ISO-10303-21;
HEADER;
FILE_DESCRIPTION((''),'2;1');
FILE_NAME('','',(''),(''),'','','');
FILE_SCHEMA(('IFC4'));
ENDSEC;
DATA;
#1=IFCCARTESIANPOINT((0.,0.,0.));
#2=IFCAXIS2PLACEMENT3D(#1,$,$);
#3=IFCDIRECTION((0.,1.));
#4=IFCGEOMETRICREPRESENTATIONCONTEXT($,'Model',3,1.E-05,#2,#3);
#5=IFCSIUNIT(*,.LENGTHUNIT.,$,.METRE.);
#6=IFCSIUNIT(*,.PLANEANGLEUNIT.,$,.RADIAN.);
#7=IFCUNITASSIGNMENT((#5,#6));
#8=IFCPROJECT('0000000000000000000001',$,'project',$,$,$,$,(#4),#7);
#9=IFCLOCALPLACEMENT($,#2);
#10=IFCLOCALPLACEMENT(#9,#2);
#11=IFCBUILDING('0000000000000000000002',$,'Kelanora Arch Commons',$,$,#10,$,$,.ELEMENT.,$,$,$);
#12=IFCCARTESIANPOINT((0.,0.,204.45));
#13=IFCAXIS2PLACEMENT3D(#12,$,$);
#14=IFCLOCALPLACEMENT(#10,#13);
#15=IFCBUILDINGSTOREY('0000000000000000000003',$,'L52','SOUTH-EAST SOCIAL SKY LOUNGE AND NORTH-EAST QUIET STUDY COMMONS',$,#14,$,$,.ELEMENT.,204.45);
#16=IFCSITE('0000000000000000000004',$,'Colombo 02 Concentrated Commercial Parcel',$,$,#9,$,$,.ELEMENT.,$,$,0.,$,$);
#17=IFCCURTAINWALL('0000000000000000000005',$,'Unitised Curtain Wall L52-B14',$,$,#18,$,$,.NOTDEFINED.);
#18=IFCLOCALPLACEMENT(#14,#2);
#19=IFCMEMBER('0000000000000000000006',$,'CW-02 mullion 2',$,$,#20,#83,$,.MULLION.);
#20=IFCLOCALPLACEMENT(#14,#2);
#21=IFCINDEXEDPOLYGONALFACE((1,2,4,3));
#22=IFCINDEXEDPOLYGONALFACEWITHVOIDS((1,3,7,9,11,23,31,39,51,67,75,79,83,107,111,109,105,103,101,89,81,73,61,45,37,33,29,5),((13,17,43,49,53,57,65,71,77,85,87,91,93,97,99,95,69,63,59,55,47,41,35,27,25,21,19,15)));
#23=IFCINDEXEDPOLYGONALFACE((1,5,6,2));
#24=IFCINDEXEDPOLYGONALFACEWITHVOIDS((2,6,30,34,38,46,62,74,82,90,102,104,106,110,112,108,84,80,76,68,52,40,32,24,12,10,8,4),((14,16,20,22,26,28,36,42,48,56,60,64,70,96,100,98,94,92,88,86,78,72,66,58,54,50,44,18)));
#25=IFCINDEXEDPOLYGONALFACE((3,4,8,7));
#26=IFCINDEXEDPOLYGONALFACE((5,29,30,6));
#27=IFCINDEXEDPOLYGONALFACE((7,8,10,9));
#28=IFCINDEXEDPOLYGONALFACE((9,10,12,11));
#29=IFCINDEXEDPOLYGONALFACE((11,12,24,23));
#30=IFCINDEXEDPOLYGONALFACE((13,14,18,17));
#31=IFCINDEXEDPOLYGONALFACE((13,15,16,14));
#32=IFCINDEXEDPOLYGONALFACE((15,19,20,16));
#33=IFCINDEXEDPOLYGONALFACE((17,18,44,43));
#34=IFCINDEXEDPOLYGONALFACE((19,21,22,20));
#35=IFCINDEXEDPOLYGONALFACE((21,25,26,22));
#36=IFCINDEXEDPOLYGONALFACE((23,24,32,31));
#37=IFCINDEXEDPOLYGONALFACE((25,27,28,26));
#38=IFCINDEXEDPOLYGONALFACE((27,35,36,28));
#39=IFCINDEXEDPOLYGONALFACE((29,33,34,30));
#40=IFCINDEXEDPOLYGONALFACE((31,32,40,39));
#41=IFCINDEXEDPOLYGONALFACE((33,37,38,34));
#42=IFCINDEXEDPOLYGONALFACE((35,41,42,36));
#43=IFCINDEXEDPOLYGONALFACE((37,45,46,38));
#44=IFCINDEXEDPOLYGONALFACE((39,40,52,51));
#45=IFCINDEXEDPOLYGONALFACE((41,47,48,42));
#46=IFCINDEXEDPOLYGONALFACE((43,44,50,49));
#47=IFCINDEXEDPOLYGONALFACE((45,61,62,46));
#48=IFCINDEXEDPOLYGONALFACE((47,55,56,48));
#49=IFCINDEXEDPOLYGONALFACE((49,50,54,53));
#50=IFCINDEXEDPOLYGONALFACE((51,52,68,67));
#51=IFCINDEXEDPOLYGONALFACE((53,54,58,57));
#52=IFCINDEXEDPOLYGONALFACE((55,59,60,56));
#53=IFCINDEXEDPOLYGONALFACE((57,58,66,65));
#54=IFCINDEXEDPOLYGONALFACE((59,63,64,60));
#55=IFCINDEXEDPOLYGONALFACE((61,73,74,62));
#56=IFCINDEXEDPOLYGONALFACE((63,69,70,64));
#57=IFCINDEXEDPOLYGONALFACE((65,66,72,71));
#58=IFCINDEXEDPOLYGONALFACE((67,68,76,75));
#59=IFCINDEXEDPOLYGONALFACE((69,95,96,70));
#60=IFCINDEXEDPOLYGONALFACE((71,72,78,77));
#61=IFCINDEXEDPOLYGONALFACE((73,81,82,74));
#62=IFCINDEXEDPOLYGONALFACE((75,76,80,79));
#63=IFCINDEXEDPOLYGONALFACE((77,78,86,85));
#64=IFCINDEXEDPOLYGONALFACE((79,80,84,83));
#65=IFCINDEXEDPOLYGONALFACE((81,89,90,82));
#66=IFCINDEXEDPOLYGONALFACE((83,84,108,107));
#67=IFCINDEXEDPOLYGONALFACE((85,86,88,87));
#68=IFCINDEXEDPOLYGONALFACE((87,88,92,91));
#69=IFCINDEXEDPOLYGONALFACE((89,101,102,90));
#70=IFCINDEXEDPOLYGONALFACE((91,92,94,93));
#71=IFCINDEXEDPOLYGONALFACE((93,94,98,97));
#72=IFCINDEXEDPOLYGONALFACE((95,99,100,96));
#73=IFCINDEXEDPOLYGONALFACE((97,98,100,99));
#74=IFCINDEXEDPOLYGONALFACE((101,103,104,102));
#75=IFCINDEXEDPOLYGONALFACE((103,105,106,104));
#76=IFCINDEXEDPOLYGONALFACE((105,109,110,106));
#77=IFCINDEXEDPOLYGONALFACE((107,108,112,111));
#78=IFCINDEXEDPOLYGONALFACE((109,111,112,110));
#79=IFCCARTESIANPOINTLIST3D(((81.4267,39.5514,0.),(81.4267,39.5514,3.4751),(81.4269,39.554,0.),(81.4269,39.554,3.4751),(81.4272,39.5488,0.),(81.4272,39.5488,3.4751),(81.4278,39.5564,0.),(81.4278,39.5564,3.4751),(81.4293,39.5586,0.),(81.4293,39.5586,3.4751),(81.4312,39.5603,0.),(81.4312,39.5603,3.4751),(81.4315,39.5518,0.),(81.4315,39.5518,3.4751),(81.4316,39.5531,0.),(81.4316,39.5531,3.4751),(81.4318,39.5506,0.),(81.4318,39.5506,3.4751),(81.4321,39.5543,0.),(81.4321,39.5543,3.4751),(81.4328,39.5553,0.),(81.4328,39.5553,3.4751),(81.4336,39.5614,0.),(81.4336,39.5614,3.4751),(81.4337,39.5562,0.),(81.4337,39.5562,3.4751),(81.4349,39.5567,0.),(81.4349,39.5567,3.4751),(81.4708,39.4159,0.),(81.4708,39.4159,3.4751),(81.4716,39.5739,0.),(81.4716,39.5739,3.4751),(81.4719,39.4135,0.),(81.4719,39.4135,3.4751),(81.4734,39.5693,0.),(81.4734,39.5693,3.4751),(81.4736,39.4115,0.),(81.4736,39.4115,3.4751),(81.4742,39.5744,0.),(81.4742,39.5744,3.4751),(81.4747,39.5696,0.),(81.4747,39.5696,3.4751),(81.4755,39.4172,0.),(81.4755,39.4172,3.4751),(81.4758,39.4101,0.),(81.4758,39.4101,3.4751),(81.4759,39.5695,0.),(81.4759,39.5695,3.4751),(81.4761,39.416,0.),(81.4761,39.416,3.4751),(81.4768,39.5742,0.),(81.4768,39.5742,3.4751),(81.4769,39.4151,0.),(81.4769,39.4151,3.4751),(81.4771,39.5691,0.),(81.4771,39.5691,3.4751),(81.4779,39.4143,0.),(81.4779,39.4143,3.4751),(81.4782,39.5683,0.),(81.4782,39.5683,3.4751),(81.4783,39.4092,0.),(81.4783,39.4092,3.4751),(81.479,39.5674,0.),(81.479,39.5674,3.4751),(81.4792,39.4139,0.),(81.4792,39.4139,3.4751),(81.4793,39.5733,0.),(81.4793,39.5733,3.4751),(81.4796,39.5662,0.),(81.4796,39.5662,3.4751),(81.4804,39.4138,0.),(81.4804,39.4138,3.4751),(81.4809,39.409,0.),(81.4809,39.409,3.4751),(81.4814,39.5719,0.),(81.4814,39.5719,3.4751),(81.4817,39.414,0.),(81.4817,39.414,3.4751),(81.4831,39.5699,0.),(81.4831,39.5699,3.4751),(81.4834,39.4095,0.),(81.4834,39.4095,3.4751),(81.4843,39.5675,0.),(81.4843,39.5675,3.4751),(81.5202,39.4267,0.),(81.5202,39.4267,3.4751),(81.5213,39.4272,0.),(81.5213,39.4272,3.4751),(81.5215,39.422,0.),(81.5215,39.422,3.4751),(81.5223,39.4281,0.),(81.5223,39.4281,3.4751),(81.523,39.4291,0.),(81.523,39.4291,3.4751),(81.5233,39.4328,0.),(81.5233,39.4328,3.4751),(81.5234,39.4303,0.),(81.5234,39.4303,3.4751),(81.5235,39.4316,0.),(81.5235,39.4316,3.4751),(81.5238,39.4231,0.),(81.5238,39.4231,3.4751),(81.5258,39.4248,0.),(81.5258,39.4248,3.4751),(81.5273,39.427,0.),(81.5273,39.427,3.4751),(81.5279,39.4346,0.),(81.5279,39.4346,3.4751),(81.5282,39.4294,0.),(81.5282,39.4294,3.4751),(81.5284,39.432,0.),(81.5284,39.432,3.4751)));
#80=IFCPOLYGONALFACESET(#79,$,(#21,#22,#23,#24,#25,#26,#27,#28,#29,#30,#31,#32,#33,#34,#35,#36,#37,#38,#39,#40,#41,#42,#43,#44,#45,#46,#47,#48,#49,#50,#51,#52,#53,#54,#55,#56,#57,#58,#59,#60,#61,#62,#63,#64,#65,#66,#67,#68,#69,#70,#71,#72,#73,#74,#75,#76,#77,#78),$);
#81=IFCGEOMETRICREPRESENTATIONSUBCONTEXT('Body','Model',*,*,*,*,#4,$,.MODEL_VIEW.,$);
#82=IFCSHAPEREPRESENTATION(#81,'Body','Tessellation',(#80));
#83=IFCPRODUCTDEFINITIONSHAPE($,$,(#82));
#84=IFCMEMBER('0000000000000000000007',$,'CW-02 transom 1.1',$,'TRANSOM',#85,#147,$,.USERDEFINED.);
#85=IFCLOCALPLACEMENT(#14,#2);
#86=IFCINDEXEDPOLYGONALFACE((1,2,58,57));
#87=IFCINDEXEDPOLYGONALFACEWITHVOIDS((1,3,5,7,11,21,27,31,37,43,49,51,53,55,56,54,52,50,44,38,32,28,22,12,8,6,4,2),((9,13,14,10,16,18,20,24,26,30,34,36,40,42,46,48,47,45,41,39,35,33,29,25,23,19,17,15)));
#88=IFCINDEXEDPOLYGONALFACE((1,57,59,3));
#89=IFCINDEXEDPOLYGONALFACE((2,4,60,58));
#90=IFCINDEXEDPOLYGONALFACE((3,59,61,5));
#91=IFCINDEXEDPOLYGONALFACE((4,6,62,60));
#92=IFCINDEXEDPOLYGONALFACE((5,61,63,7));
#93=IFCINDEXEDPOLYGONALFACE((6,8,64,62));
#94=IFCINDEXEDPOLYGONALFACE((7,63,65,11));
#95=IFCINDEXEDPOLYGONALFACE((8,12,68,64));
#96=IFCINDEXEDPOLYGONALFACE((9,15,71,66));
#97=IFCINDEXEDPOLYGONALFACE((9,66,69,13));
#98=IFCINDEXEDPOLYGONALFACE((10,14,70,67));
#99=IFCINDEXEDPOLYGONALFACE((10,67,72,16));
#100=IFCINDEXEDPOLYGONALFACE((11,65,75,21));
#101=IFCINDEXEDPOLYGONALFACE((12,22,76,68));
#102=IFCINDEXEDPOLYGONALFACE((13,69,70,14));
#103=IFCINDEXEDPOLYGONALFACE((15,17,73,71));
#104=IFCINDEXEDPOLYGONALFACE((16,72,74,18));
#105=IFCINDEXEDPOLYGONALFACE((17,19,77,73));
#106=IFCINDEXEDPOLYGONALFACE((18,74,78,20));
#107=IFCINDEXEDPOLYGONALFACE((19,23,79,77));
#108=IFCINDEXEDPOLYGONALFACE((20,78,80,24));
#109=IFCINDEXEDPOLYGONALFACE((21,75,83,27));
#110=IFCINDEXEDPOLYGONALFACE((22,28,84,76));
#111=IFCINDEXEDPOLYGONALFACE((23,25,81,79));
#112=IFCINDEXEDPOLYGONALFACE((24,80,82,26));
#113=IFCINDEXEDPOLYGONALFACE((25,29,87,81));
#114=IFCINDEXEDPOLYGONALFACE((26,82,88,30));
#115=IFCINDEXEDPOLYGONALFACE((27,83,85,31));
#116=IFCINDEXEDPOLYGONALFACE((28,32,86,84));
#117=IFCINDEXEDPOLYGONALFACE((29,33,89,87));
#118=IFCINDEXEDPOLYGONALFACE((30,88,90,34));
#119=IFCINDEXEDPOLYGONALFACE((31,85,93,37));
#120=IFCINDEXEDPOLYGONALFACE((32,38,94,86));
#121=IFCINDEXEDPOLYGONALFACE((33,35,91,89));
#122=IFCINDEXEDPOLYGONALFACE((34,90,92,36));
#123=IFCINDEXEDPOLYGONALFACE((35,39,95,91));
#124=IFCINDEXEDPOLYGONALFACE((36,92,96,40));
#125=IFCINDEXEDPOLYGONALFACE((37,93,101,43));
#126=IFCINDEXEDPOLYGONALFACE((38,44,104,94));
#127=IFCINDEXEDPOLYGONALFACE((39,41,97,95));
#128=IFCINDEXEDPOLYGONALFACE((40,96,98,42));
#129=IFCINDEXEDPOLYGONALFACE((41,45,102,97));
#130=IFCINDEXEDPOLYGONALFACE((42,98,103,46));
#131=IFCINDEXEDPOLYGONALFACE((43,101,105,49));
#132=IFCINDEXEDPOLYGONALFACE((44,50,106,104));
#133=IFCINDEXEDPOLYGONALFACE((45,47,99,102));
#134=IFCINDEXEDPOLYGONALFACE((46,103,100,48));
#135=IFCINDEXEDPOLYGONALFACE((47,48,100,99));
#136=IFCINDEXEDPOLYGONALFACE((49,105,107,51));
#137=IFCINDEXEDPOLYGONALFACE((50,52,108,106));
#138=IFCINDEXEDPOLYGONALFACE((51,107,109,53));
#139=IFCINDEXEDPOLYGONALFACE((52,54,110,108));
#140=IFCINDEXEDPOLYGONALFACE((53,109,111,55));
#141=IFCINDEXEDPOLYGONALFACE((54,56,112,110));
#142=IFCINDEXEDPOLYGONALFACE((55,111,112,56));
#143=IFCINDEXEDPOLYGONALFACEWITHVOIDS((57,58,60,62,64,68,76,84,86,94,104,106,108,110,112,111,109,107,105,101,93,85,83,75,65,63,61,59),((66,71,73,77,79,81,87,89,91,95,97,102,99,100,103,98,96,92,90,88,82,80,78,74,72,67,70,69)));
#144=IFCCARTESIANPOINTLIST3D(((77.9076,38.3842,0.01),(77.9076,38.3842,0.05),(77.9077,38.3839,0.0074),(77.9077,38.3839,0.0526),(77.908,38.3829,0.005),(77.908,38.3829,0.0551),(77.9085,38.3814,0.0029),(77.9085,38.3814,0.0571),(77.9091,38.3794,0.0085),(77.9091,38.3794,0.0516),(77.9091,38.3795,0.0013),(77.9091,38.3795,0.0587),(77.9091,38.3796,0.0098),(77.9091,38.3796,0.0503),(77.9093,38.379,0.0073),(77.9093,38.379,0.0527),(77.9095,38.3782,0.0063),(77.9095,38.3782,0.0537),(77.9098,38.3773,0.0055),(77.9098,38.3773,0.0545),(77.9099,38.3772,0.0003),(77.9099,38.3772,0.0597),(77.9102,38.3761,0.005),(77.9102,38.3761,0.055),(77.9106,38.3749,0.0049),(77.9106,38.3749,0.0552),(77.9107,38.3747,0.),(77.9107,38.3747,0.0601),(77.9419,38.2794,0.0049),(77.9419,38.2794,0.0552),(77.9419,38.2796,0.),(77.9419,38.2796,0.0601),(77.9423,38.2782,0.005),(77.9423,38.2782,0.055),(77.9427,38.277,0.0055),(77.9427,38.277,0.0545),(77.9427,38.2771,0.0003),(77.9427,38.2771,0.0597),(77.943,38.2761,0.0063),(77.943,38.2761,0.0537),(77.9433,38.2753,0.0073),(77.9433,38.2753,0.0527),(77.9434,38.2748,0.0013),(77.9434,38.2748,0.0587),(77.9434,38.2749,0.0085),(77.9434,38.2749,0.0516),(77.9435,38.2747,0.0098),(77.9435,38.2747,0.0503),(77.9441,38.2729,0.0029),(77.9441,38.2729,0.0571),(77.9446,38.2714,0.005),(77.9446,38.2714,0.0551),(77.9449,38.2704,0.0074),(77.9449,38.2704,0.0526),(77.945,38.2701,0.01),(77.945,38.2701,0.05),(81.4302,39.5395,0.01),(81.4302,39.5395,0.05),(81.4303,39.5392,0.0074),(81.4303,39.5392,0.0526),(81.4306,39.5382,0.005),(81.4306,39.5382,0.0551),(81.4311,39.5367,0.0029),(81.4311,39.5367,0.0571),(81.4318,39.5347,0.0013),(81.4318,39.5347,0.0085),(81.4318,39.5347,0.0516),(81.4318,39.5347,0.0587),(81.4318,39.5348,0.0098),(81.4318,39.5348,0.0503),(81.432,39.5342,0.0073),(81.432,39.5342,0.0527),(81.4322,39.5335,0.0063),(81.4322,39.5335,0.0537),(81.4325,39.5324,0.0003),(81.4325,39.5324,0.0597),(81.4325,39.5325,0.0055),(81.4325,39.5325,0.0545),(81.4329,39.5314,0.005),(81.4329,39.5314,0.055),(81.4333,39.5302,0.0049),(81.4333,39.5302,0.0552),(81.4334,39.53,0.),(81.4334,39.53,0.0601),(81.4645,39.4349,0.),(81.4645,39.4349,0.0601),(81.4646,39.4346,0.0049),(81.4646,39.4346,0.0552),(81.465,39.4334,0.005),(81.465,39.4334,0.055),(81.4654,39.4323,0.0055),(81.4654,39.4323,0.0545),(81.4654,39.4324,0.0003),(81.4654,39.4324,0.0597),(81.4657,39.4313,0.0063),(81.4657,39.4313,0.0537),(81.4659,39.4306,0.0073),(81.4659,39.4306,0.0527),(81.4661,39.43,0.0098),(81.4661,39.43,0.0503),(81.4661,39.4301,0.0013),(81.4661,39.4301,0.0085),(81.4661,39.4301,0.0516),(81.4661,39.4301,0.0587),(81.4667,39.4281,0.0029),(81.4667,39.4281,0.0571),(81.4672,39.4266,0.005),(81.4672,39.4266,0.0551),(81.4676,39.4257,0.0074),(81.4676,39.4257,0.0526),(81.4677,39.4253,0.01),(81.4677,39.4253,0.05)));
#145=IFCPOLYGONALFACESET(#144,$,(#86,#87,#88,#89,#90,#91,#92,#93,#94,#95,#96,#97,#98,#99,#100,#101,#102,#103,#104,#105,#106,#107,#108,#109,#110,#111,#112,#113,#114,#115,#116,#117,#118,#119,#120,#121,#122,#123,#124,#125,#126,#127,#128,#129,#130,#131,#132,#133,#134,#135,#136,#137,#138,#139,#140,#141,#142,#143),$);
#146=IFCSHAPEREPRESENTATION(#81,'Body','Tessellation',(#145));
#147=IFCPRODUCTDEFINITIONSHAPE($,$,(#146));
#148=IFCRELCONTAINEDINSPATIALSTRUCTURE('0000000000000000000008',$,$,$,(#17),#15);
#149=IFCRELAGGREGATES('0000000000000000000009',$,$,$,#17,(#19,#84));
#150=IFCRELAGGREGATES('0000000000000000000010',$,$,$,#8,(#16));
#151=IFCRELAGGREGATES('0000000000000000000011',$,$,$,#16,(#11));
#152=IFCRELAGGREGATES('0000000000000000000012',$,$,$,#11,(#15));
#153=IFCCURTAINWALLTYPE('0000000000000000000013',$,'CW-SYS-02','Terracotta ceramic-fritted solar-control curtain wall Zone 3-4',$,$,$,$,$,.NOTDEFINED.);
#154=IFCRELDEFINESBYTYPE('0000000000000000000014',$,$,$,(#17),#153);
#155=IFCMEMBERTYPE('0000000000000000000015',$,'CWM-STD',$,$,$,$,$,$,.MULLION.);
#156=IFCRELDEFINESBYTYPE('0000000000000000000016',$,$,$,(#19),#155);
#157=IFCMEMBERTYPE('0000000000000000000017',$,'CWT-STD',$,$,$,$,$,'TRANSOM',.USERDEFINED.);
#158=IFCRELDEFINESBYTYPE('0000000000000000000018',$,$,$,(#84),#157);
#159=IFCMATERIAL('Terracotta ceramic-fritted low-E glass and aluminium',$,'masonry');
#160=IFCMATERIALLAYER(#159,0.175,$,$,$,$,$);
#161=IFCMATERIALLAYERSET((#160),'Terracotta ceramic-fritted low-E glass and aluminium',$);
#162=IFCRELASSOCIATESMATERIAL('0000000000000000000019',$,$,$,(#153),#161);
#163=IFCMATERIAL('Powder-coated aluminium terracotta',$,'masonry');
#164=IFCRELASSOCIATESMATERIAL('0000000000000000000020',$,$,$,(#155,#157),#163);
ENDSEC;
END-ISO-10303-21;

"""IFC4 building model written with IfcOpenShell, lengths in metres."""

from ifc_helpers import new_model, si_unit, direction, frame, origin, origin_2d, place, context, subcontext, project, spatial, hollow_rectangle, extrude, material, layer, layer_set, material_profile, profile_set, type_object, element, aggregate, save


model = new_model("IFC4")

# Units and contexts
model_context = context("Model", 3, precision=1e-05, world=origin(), true_north=direction((0.0, 1.0)))
body_context = subcontext(model_context, "Body", "Model", "MODEL_VIEW")
ifc_project = project(units=[si_unit("LENGTHUNIT", "METRE"), si_unit("PLANEANGLEUNIT", "RADIAN")], contexts=[model_context])

# Site, building, storey
site_placement = place(None, origin())
site = spatial("IfcSite", under=ifc_project, at=site_placement, Name="Colombo 02 Concentrated Commercial Parcel", CompositionType="ELEMENT", RefElevation=0.0)
building_placement = place(site_placement, origin())
building = spatial("IfcBuilding", under=site, at=building_placement, Name="Kelanora Arch Commons", CompositionType="ELEMENT")
storey_placement = place(building_placement, frame((0.0, 0.0, 204.45)))
storey = spatial("IfcBuildingStorey", under=building, at=storey_placement, Name="L52", Description="SOUTH-EAST SOCIAL SKY LOUNGE AND NORTH-EAST QUIET STUDY COMMONS", CompositionType="ELEMENT", Elevation=204.45)

# Curtain wall, members
ifc_material_1 = material(Name="Terracotta ceramic-fritted low-E glass and aluminium", Category="masonry")
ifc_layer_1 = layer(ifc_material_1, 0.175)
ifc_layer_set_1 = layer_set([ifc_layer_1], Name="Terracotta ceramic-fritted low-E glass and aluminium")
curtain_wall_type = type_object("IfcCurtainWallType", Name="CW-SYS-02", Description="Terracotta ceramic-fritted solar-control curtain wall Zone 3-4", PredefinedType="NOTDEFINED", material=ifc_layer_set_1)
curtain_wall_placement = place(storey_placement, origin())
curtain_wall = element("IfcCurtainWall", 1, at=curtain_wall_placement, inside=storey, type_object=curtain_wall_type, Name="Unitised Curtain Wall L52-B14", PredefinedType="NOTDEFINED")
ifc_material_2 = material(Name="Powder-coated aluminium terracotta", Category="masonry")
ifc_material_profile_1 = material_profile(ifc_material_2, hollow_rectangle(XDim=0.1599, YDim=0.0601, WallThickness=0.0049, InnerFilletRadius=0.0049, OuterFilletRadius=0.01, at=origin_2d()), Name="CWM160x60")
ifc_profile_set_1 = profile_set([ifc_material_profile_1], Name="Powder-coated aluminium terracotta")
member_type_1 = type_object("IfcMemberType", Name="CWM-STD", PredefinedType="MULLION", material=ifc_profile_set_1)
member_1_placement = place(storey_placement, frame((81.4775, 39.4917, 0.0), z_axis=(0.0, 0.0, 1.0), x_axis=(-0.311582, 0.950219, 0.0)))
member_1 = element("IfcMember", 2, at=member_1_placement, type_object=member_type_1, Name="CW-02 mullion 2", PredefinedType="MULLION", context=body_context, shape_type="SweptSolid", body=[
    extrude(hollow_rectangle(XDim=0.1599, YDim=0.0601, WallThickness=0.0049, InnerFilletRadius=0.0049, OuterFilletRadius=0.01, at=origin_2d()), origin(), (0.0, 0.0, 1.0), 3.4751),
])
ifc_material_profile_2 = material_profile(ifc_material_2, hollow_rectangle(XDim=0.1201, YDim=0.0601, WallThickness=0.0049, InnerFilletRadius=0.0049, OuterFilletRadius=0.01, at=origin_2d()), Name="CWT120x60")
ifc_profile_set_2 = profile_set([ifc_material_profile_2], Name="Powder-coated aluminium terracotta")
member_type_2 = type_object("IfcMemberType", Name="CWT-STD", ElementType="TRANSOM", PredefinedType="USERDEFINED", material=ifc_profile_set_2)
member_2_placement = place(storey_placement, frame((77.9263, 38.3271, 0.03), z_axis=(0.950207, 0.311621, 0.0), x_axis=(-0.311621, 0.950207, 0.0)))
member_2 = element("IfcMember", 3, at=member_2_placement, type_object=member_type_2, Name="CW-02 transom 1.1", ObjectType="TRANSOM", PredefinedType="USERDEFINED", context=body_context, shape_type="SweptSolid", body=[
    extrude(hollow_rectangle(XDim=0.1201, YDim=0.0601, WallThickness=0.0049, InnerFilletRadius=0.0049, OuterFilletRadius=0.01, at=origin_2d()), origin(), (0.0, 0.0, 1.0), 3.7073),
])
aggregate(curtain_wall, [member_1, member_2])

save(model, "model.ifc")
